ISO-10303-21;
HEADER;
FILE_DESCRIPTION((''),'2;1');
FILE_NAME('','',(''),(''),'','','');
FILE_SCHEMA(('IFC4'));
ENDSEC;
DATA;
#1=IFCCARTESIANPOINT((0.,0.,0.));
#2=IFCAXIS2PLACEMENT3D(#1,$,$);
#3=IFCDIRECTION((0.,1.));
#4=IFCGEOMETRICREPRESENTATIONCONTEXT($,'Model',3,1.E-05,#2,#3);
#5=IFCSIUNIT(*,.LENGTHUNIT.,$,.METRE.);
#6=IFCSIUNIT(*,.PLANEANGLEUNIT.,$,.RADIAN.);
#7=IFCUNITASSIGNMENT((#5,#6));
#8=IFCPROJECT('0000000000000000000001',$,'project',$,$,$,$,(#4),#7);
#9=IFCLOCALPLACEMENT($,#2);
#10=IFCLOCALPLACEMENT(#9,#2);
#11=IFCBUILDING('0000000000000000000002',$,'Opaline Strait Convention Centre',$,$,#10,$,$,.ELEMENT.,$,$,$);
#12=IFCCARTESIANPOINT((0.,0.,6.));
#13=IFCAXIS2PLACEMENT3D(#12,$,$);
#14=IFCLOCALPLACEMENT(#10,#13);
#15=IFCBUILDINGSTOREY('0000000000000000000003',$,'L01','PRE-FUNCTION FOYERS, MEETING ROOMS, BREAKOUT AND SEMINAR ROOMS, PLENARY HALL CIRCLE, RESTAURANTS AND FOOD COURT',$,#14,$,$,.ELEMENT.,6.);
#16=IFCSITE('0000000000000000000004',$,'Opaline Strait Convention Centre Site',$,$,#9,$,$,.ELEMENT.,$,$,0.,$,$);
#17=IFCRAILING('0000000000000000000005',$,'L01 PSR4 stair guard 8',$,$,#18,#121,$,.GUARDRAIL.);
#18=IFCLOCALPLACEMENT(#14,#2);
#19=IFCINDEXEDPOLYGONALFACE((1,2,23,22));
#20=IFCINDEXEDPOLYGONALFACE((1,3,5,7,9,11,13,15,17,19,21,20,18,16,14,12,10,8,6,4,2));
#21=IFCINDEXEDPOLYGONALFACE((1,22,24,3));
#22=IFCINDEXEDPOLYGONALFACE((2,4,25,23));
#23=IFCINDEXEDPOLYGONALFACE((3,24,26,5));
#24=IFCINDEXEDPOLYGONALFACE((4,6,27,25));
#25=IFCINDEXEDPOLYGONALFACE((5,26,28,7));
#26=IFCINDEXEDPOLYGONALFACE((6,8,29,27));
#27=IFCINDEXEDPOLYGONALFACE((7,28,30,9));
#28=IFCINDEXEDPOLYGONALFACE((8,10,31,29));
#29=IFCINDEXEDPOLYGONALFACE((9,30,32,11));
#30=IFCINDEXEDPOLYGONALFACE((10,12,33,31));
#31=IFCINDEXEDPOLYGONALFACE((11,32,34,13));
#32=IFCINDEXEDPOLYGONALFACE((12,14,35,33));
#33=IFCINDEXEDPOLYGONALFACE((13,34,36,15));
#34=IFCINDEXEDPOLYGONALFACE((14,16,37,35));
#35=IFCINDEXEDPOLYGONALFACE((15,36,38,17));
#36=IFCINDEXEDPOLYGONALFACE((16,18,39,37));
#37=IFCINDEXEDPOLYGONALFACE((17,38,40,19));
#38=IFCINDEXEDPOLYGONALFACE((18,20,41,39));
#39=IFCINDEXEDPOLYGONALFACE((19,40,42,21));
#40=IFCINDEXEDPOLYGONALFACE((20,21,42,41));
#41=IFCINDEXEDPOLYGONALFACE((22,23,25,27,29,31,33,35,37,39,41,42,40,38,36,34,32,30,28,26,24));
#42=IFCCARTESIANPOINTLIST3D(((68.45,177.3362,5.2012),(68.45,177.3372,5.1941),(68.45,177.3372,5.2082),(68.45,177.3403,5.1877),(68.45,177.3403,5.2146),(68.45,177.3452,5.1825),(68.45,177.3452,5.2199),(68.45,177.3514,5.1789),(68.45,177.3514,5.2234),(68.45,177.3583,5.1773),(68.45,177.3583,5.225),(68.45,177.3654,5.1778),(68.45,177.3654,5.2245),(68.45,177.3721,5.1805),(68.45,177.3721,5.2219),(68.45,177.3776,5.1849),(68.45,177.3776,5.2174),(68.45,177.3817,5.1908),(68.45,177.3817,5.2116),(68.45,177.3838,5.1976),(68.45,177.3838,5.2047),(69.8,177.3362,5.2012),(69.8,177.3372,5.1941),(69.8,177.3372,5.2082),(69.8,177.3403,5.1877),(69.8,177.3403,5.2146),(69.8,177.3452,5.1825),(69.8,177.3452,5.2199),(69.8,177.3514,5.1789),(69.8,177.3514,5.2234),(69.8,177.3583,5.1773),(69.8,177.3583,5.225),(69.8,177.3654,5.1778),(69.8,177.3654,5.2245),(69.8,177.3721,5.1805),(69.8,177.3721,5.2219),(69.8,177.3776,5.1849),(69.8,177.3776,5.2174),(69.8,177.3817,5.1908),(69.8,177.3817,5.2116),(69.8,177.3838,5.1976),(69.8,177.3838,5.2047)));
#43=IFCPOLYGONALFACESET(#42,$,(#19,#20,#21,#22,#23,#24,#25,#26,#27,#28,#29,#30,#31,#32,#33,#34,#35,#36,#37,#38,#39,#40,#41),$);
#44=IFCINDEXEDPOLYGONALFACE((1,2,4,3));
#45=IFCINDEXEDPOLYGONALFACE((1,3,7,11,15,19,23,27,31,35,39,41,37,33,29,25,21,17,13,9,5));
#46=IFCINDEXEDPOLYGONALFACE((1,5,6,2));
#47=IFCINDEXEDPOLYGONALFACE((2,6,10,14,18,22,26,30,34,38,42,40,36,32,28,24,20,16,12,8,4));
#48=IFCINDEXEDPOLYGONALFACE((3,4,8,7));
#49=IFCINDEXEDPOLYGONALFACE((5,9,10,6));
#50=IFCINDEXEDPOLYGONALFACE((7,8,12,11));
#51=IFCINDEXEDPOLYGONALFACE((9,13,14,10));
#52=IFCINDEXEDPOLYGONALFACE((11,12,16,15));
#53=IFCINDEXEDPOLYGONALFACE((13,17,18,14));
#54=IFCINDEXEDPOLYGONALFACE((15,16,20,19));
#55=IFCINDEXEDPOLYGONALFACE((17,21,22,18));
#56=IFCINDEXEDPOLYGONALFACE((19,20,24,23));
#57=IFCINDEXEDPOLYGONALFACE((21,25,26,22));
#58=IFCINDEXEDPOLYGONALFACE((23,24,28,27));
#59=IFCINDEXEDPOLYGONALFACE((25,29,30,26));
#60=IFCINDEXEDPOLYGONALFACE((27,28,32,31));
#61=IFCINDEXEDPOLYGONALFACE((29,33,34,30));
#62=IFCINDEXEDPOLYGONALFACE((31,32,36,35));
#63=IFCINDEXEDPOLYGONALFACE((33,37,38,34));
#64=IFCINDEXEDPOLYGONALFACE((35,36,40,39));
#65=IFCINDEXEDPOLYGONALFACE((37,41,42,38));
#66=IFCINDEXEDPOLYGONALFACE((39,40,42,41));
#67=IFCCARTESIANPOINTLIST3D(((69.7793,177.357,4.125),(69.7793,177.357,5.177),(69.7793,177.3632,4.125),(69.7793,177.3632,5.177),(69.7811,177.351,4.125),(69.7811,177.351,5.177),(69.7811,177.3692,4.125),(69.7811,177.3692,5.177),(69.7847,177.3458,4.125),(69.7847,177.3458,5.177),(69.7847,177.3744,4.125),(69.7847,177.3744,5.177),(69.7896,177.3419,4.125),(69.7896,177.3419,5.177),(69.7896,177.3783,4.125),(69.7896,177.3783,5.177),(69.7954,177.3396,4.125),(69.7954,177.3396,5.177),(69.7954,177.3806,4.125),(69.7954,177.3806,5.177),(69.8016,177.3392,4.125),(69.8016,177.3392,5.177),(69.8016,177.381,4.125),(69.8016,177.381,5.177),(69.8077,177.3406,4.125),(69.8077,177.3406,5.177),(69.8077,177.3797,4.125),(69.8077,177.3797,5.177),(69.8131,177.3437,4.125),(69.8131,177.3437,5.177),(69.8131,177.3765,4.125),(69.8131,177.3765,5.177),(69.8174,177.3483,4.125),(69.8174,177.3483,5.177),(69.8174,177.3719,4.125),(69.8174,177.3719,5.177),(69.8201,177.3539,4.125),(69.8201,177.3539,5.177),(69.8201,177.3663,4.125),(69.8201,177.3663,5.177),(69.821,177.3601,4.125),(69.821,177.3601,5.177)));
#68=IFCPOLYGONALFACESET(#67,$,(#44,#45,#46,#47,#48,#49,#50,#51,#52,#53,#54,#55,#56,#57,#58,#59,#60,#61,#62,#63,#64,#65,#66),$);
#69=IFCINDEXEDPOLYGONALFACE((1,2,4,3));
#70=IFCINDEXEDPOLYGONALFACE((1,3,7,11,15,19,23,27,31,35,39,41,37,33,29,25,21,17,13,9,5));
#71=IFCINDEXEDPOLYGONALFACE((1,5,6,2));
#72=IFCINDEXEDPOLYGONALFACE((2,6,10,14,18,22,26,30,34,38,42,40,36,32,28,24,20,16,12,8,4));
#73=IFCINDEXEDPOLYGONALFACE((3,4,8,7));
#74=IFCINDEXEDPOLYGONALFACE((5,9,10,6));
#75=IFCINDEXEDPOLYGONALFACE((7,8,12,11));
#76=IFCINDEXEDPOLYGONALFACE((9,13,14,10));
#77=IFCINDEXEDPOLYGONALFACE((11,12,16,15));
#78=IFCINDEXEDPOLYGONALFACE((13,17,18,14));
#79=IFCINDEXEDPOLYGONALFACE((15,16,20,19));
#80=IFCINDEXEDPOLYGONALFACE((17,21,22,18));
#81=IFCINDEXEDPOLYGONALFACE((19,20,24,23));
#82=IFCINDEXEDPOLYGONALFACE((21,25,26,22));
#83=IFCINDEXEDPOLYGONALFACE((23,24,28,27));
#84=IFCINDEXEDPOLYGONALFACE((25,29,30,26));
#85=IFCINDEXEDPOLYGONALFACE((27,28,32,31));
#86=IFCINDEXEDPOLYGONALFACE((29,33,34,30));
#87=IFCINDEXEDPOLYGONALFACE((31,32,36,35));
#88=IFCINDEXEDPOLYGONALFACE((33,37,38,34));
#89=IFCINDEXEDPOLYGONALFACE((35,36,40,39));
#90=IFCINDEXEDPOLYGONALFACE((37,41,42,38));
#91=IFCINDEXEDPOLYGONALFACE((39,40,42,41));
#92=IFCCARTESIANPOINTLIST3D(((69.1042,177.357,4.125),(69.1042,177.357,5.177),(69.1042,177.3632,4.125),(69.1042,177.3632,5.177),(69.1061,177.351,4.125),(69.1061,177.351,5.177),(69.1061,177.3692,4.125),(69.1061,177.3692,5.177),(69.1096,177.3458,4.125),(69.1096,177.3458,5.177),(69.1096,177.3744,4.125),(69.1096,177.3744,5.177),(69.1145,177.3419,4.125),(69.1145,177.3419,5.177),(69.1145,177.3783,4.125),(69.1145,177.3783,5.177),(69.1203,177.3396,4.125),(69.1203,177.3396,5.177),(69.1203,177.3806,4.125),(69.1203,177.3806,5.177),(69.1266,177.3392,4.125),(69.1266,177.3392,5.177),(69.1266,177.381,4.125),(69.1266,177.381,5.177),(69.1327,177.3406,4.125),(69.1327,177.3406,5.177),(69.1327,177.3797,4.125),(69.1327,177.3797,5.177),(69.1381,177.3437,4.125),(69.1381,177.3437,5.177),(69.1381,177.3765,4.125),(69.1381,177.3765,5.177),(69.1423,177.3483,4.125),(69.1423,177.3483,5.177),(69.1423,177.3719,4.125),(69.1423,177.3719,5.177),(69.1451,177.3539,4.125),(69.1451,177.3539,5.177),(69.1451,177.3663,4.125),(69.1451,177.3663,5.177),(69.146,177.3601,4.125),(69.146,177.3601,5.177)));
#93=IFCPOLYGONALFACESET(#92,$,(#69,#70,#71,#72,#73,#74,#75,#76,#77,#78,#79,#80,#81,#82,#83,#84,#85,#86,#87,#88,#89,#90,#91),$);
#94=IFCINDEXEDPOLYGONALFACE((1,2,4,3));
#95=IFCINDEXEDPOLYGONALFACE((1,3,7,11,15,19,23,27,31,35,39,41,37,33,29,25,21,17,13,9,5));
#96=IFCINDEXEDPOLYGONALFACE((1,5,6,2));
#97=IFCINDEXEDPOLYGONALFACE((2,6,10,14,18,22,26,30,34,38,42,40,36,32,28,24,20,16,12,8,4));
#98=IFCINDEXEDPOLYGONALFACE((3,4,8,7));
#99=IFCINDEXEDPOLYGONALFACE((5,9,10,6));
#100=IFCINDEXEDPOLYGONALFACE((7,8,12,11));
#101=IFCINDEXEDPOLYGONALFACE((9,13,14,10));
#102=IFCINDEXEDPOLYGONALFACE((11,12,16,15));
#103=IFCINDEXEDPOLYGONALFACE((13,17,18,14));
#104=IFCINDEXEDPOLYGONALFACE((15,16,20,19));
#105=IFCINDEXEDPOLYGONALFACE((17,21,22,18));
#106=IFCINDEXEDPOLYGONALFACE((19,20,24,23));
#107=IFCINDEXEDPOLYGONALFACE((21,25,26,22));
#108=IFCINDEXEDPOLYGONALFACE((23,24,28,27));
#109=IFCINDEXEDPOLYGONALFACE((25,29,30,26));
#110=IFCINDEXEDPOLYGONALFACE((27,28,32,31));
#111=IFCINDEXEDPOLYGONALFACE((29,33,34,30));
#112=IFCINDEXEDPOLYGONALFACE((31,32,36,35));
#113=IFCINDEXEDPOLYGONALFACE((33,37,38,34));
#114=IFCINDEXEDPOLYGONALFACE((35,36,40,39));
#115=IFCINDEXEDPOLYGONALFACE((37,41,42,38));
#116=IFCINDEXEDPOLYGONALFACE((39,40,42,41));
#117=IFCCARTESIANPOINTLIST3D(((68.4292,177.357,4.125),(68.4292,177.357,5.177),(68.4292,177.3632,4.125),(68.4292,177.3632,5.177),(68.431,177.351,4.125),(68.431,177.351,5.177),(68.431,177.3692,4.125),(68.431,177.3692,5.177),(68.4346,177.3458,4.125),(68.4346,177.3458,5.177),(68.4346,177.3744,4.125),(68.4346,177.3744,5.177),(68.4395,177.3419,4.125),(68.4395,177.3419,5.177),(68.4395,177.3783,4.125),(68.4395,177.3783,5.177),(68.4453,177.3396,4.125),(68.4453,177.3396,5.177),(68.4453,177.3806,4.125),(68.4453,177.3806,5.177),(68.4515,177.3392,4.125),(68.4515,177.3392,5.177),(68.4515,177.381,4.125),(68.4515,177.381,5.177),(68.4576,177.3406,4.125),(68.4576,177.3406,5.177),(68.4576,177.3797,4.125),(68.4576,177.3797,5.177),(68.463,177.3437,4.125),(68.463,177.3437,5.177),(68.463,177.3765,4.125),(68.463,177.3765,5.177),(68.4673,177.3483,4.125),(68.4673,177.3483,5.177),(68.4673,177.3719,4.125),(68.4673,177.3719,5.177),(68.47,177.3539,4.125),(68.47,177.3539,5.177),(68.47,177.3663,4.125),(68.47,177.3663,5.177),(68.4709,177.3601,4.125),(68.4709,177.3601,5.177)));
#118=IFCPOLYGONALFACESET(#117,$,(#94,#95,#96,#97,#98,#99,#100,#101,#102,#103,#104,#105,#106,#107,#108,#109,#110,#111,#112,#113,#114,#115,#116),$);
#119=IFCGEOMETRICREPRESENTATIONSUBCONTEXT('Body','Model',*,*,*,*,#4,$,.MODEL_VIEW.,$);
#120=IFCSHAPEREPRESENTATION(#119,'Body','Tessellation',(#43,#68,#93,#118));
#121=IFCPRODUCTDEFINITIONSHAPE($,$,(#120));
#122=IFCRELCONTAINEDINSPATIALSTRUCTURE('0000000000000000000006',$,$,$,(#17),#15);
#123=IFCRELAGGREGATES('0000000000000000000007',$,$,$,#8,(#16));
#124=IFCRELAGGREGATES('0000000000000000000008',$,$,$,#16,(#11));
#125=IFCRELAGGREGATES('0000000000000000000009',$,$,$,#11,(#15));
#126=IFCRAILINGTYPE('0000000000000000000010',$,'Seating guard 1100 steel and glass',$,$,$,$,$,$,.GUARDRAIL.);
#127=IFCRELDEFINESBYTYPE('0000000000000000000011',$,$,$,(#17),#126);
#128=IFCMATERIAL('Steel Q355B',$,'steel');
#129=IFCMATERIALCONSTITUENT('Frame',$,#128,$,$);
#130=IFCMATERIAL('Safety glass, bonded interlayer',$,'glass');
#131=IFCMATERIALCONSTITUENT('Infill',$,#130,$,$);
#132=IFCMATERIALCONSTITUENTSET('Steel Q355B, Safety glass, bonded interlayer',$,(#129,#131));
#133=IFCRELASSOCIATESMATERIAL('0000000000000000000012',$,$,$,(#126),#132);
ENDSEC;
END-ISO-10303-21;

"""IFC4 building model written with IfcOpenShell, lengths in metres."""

from ifc_helpers import new_model, si_unit, direction, frame, origin, origin_2d, place, context, subcontext, project, spatial, circle, extrude, material, constituent, constituent_set, type_object, element, save


model = new_model("IFC4")

# Units and contexts
model_context = context("Model", 3, precision=1e-05, world=origin(), true_north=direction((0.0, 1.0)))
body_context = subcontext(model_context, "Body", "Model", "MODEL_VIEW")
ifc_project = project(units=[si_unit("LENGTHUNIT", "METRE"), si_unit("PLANEANGLEUNIT", "RADIAN")], contexts=[model_context])

# Site, building, storey
site_placement = place(None, origin())
site = spatial("IfcSite", under=ifc_project, at=site_placement, Name="Opaline Strait Convention Centre Site", CompositionType="ELEMENT", RefElevation=0.0)
building_placement = place(site_placement, origin())
building = spatial("IfcBuilding", under=site, at=building_placement, Name="Opaline Strait Convention Centre", CompositionType="ELEMENT")
storey_placement = place(building_placement, frame((0.0, 0.0, 6.0)))
storey = spatial("IfcBuildingStorey", under=building, at=storey_placement, Name="L01", Description="PRE-FUNCTION FOYERS, MEETING ROOMS, BREAKOUT AND SEMINAR ROOMS, PLENARY HALL CIRCLE, RESTAURANTS AND FOOD COURT", CompositionType="ELEMENT", Elevation=6.0)

# Shared definitions
ifc_material_1 = material(Name="Steel Q355B", Category="steel")

# Railing
ifc_constituent_1 = constituent(ifc_material_1, Name="Frame")
ifc_material_2 = material(Name="Safety glass, bonded interlayer", Category="glass")
ifc_constituent_2 = constituent(ifc_material_2, Name="Infill")
ifc_constituent_set = constituent_set(constituents=[ifc_constituent_1, ifc_constituent_2], Name="Steel Q355B, Safety glass, bonded interlayer")
railing_type_1 = type_object("IfcRailingType", Name="Seating guard 1100 steel and glass", PredefinedType="GUARDRAIL", material=ifc_constituent_set)
railing_1_placement = place(storey_placement, frame((69.8, 177.3601, 4.125)))
element("IfcRailing", 1, at=railing_1_placement, inside=storey, type_object=railing_type_1, Name="L01 PSR4 stair guard 8", PredefinedType="GUARDRAIL", context=body_context, shape_type="SweptSolid", body=[
    extrude(circle(Radius=0.0239, at=origin_2d()), frame((0.0, 0.0, 1.0762), z_axis=(-1.0, 0.0, 0.0), x_axis=(0.0, -1.0, 0.0)), (0.0, 0.0, 1.0), 1.3501),
    extrude(circle(Radius=0.021, at=origin_2d()), origin(), (0.0, 0.0, 1.0), 1.052),
    extrude(circle(Radius=0.021, at=origin_2d()), frame((-0.675, 0.0, 0.0)), (0.0, 0.0, 1.0), 1.052),
    extrude(circle(Radius=0.021, at=origin_2d()), frame((-1.3501, 0.0, 0.0)), (0.0, 0.0, 1.0), 1.052),
])

save(model, "model.ifc")
